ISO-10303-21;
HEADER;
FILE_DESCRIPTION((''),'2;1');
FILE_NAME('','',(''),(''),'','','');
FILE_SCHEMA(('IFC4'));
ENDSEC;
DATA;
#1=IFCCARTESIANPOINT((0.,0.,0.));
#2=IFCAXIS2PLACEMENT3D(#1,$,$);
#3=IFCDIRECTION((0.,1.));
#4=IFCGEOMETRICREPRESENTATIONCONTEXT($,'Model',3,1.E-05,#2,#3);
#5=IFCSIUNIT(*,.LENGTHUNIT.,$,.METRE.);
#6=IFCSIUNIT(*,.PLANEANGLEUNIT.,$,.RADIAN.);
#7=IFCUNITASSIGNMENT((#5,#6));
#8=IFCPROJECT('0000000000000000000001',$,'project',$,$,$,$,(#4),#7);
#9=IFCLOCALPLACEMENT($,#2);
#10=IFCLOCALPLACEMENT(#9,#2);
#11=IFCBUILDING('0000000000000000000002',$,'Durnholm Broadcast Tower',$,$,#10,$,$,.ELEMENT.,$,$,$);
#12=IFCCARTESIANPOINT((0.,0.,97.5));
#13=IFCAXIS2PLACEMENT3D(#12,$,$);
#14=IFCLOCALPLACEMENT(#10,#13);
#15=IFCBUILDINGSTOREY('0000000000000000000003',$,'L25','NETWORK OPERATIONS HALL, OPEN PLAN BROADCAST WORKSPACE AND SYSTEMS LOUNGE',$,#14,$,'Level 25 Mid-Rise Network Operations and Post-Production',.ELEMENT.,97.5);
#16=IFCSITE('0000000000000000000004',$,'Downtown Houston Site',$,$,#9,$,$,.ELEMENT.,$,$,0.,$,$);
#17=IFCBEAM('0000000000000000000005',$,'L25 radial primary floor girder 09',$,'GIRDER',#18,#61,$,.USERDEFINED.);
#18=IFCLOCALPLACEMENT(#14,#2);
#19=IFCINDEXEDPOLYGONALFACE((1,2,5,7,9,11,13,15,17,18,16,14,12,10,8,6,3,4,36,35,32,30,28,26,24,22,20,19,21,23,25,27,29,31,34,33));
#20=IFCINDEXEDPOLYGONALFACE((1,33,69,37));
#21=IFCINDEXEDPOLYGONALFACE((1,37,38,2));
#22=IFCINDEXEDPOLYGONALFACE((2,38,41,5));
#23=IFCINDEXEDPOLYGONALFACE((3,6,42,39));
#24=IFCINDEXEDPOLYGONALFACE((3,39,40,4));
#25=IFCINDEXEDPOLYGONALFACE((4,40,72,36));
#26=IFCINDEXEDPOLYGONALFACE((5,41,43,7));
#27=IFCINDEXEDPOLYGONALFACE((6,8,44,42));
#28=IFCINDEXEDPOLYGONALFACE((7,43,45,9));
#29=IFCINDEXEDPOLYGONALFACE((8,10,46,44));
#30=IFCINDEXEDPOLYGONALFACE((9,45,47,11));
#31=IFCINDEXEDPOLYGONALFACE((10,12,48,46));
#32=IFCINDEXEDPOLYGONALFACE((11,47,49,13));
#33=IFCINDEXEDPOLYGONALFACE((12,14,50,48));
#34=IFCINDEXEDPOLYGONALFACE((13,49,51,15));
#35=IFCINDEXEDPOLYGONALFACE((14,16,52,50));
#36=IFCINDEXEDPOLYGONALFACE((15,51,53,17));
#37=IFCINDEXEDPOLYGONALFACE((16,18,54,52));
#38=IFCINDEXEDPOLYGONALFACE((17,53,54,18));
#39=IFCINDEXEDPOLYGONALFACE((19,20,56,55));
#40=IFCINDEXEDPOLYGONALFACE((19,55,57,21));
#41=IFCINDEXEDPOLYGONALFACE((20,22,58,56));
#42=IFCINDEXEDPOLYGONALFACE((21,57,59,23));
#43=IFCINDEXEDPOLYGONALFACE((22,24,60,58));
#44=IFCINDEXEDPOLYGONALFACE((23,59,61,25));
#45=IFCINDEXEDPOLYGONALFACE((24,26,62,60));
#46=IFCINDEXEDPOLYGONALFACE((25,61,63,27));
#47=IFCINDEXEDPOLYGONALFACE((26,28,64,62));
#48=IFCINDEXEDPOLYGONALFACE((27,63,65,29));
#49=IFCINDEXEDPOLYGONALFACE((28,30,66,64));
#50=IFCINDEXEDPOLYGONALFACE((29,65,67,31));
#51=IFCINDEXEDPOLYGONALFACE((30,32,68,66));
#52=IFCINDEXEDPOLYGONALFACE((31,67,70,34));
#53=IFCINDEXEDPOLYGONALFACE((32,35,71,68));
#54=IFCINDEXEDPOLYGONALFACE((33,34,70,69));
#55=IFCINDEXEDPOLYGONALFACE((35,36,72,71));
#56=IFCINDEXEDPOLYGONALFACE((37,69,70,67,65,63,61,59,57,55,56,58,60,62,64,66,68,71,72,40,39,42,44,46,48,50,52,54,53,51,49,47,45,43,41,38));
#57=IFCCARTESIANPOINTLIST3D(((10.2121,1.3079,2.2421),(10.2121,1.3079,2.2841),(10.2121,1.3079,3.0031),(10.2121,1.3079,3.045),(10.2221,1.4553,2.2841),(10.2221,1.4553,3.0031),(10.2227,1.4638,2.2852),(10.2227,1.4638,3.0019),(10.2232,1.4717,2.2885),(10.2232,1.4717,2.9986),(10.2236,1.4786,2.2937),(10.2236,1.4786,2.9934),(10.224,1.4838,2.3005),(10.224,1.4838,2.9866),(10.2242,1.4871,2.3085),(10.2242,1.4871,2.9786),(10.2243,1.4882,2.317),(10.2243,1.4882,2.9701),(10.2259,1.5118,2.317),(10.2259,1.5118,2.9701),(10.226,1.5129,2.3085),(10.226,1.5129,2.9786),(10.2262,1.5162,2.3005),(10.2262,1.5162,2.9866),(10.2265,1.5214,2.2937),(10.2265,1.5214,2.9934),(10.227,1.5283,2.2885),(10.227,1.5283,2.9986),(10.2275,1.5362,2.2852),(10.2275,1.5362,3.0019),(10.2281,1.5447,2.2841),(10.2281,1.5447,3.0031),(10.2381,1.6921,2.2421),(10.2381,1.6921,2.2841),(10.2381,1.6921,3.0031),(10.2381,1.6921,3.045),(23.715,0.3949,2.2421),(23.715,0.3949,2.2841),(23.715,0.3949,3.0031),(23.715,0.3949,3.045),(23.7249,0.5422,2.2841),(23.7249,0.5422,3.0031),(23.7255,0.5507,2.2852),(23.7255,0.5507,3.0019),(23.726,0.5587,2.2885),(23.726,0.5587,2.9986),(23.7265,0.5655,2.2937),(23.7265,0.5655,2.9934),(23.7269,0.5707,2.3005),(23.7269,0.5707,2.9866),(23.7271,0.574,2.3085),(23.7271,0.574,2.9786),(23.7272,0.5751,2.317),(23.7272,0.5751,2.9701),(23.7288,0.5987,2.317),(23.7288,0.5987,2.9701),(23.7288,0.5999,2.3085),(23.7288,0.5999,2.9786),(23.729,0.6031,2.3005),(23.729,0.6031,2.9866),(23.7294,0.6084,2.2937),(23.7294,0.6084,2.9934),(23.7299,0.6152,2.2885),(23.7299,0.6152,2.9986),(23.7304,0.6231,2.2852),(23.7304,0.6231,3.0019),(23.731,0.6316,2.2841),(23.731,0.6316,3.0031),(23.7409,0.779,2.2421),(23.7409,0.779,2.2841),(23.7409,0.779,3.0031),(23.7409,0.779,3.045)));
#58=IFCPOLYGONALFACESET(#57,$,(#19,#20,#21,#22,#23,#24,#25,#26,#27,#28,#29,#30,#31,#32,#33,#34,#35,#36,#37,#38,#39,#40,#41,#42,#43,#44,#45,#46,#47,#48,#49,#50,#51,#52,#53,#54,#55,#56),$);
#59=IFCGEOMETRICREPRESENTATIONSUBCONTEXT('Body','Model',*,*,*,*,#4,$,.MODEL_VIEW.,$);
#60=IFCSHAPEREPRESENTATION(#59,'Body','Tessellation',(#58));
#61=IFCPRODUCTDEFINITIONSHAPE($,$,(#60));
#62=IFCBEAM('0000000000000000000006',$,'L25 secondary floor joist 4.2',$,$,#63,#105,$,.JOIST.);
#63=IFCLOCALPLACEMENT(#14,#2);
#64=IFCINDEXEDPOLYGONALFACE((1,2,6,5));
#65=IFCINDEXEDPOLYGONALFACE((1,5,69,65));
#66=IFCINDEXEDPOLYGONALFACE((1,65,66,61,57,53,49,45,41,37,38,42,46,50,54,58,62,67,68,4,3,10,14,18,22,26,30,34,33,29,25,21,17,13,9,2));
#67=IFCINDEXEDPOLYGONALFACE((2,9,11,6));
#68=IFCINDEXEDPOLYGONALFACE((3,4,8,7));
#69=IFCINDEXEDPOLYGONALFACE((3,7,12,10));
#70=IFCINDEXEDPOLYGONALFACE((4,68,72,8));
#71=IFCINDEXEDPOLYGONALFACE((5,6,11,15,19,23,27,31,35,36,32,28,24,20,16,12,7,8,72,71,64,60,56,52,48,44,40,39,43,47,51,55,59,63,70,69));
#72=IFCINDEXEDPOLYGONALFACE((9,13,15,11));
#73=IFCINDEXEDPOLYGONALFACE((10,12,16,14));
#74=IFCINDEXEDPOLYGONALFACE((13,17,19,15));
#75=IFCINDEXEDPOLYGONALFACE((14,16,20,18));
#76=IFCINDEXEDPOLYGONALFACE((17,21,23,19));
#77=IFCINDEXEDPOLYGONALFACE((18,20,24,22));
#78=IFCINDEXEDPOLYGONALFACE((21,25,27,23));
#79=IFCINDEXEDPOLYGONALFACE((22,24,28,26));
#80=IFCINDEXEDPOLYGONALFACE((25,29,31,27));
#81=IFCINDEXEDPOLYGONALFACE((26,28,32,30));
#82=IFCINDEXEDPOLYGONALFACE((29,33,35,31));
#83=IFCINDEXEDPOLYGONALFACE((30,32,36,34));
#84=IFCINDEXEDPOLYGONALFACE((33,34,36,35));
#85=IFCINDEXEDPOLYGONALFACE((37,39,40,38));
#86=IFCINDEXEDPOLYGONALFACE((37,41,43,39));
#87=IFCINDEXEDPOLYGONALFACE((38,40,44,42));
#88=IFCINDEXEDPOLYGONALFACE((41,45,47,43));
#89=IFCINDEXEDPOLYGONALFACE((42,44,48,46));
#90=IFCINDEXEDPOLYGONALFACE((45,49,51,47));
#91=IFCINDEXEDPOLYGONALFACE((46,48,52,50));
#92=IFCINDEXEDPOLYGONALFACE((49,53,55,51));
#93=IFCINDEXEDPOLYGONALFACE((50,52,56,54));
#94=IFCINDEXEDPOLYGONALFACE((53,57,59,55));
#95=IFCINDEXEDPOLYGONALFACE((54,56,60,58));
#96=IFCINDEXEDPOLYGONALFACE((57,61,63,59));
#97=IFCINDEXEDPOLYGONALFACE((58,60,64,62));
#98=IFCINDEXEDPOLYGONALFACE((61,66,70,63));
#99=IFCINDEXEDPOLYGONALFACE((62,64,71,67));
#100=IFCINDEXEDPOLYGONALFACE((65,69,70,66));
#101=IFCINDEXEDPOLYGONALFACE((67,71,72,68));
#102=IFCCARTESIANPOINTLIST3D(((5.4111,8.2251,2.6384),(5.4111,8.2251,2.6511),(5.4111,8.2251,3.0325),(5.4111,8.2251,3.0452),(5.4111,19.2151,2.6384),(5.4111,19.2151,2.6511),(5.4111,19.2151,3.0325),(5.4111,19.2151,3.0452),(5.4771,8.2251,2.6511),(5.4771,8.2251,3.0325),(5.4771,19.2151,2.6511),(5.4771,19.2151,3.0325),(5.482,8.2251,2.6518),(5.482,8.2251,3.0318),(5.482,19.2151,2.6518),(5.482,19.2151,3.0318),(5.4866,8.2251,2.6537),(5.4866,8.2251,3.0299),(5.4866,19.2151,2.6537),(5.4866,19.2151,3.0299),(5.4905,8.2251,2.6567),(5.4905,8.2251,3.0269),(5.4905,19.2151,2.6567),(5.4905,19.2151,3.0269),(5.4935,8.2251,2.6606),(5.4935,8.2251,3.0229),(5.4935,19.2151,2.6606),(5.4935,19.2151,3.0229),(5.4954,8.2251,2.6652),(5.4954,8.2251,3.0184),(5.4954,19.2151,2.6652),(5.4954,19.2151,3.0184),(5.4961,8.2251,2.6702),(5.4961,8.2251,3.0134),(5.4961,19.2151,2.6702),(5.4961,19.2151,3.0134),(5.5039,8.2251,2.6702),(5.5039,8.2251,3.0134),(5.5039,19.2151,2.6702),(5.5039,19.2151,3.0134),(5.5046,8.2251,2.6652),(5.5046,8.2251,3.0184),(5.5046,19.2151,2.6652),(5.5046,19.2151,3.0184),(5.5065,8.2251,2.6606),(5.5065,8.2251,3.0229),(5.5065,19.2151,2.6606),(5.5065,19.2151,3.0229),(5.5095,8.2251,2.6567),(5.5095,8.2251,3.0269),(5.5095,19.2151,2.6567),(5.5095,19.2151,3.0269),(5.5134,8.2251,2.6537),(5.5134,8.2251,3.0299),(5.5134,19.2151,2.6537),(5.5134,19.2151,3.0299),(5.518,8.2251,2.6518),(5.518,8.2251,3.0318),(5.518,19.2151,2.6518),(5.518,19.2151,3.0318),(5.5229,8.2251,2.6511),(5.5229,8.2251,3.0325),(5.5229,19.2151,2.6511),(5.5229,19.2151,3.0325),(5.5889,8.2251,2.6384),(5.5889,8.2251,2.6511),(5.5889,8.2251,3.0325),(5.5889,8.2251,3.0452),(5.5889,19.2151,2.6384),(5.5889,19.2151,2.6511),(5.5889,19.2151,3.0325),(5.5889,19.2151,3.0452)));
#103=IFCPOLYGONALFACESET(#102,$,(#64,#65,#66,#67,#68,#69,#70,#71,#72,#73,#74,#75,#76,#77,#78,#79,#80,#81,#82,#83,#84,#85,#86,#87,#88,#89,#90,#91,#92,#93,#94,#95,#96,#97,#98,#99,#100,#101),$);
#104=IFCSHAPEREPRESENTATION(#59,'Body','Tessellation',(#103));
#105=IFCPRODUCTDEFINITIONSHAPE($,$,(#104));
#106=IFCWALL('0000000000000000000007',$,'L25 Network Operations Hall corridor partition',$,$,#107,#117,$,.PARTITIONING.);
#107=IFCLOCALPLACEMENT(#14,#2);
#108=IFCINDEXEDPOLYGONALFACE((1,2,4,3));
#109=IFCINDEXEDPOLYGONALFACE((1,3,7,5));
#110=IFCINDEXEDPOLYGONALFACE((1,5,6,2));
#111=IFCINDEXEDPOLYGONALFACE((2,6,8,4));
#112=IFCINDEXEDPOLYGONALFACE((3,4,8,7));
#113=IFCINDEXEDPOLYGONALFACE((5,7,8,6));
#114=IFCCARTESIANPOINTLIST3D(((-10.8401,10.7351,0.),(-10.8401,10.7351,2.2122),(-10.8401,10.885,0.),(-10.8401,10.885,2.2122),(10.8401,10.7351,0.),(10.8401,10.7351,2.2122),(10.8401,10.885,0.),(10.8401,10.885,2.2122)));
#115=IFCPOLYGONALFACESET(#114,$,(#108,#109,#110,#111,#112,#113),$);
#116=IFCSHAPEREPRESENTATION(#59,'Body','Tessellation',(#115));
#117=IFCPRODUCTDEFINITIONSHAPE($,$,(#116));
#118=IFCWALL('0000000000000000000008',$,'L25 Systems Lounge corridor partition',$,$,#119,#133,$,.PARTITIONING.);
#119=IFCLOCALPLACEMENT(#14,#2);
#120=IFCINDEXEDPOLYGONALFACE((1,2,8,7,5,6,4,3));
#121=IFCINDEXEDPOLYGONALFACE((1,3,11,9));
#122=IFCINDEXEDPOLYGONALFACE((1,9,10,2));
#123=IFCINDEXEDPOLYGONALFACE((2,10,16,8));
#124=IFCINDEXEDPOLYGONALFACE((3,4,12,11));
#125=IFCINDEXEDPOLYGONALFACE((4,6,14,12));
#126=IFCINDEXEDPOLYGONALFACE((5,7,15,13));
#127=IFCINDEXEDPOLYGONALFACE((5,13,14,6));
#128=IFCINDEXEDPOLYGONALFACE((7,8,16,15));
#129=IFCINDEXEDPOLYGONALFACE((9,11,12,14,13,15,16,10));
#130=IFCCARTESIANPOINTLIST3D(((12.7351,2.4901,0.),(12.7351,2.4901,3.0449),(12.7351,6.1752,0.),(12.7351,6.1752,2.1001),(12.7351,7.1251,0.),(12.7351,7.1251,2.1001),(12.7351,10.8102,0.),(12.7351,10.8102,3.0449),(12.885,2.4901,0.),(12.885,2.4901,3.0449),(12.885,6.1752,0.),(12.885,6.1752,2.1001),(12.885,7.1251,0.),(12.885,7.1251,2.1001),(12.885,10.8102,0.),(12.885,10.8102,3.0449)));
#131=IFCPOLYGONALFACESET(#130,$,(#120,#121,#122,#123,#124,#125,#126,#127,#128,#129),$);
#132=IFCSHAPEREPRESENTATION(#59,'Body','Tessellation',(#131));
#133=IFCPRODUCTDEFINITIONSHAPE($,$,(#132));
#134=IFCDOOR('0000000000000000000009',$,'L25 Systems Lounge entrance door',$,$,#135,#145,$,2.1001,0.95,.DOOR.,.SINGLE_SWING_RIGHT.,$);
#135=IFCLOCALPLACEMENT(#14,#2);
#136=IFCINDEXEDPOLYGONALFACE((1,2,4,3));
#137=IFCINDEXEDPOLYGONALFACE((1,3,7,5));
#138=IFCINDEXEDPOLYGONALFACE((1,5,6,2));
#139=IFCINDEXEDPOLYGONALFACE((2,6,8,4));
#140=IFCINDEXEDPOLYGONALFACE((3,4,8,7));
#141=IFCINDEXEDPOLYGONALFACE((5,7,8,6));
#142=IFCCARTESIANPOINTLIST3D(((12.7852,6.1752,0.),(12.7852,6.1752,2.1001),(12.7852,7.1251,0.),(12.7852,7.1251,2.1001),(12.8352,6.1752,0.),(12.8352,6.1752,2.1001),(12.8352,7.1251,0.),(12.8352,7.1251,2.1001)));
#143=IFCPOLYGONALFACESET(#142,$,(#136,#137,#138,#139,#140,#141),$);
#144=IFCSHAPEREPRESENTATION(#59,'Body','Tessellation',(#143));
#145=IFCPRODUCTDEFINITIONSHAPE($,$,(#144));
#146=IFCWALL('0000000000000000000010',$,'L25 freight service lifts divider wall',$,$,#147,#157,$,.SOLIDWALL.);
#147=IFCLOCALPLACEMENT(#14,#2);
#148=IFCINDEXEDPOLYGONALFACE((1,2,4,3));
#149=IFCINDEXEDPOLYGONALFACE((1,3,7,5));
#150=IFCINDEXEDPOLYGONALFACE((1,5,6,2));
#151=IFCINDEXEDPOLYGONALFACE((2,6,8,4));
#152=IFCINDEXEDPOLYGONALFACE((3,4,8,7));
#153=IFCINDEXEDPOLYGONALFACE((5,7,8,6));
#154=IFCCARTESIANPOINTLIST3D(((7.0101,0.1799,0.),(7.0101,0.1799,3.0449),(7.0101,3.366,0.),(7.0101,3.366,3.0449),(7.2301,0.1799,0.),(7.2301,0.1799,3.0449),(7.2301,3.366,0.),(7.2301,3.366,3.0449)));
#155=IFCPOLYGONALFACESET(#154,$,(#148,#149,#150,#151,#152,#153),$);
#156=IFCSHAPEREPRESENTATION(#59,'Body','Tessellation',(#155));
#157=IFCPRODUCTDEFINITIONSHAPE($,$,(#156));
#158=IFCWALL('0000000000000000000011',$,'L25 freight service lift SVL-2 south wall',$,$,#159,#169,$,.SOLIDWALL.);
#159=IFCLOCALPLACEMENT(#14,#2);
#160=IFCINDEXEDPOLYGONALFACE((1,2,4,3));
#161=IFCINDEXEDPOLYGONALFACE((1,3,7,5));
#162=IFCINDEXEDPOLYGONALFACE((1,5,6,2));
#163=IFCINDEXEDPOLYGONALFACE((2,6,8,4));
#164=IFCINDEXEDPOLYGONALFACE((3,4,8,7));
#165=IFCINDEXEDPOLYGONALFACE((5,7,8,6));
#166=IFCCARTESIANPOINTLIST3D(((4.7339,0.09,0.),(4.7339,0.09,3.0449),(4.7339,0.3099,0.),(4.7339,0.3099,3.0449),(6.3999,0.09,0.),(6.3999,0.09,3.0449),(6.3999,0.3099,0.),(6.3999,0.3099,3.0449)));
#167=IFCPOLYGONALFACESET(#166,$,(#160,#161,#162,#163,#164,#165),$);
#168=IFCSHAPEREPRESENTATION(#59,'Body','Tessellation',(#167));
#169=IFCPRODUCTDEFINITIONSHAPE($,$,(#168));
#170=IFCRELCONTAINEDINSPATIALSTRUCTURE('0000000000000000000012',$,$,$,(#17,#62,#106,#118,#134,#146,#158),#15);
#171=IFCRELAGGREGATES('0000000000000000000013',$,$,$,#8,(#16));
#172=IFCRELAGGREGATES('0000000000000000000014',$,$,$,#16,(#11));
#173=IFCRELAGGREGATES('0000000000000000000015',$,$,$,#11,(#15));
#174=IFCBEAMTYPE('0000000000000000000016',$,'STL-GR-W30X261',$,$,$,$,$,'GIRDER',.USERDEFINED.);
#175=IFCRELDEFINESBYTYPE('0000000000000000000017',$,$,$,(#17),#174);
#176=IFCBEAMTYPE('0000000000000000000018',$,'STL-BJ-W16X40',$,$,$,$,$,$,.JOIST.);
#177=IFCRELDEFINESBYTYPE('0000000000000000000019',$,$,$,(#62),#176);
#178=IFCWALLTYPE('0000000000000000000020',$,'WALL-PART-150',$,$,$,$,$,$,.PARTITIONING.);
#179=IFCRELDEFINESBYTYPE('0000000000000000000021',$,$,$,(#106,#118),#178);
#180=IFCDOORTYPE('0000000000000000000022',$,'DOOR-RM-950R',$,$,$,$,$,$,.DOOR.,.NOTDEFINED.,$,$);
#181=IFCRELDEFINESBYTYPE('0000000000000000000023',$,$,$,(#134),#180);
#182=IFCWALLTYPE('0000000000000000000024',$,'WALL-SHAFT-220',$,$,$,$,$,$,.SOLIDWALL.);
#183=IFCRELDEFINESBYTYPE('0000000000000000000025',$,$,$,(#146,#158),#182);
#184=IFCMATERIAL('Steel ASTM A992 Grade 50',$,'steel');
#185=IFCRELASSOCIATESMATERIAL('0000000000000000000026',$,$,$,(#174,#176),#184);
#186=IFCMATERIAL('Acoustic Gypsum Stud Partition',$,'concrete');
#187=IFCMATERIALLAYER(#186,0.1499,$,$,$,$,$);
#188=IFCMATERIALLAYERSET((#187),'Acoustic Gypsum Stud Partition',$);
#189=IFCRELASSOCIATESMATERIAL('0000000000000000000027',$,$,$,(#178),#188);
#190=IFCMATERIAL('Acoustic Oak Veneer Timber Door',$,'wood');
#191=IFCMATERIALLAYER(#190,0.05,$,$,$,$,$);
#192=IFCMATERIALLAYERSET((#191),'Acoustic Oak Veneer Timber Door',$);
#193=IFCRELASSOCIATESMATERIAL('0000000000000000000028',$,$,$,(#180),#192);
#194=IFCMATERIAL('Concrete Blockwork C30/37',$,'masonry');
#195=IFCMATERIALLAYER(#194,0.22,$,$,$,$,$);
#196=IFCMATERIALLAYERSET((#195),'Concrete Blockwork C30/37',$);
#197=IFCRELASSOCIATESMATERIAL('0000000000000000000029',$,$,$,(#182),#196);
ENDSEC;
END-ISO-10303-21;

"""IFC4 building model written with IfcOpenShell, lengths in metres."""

from ifc_helpers import new_model, si_unit, direction, frame, frame_2d, origin, origin_2d, place, context, subcontext, project, spatial, rectangle, i_section, extrude, source, transform, mapped, material, layer, layer_set, material_profile, profile_set, type_object, type_shapes, element, fill, save


model = new_model("IFC4")

# Units and contexts
model_context = context("Model", 3, precision=1e-05, world=origin(), true_north=direction((0.0, 1.0)))
body_context = subcontext(model_context, "Body", "Model", "MODEL_VIEW")
ifc_project = project(units=[si_unit("LENGTHUNIT", "METRE"), si_unit("PLANEANGLEUNIT", "RADIAN")], contexts=[model_context])

# Site, building, storey
site_placement = place(None, origin())
site = spatial("IfcSite", under=ifc_project, at=site_placement, Name="Downtown Houston Site", CompositionType="ELEMENT", RefElevation=0.0)
building_placement = place(site_placement, origin())
building = spatial("IfcBuilding", under=site, at=building_placement, Name="Durnholm Broadcast Tower", CompositionType="ELEMENT")
storey_placement = place(building_placement, frame((0.0, 0.0, 97.5)))
storey = spatial("IfcBuildingStorey", under=building, at=storey_placement, Name="L25", Description="NETWORK OPERATIONS HALL, OPEN PLAN BROADCAST WORKSPACE AND SYSTEMS LOUNGE", LongName="Level 25 Mid-Rise Network Operations and Post-Production", CompositionType="ELEMENT", Elevation=97.5)

# Beams
ifc_material_1 = material(Name="Steel ASTM A992 Grade 50", Category="steel")
ifc_material_profile_1 = material_profile(ifc_material_1, i_section(OverallWidth=0.385, OverallDepth=0.803, WebThickness=0.0237, FlangeThickness=0.042, FilletRadius=0.033, at=origin_2d()), Name="W30X261")
ifc_profile_set_1 = profile_set([ifc_material_profile_1], Name="Steel ASTM A992 Grade 50")
beam_type_1 = type_object("IfcBeamType", Name="STL-GR-W30X261", ElementType="GIRDER", PredefinedType="USERDEFINED", material=ifc_profile_set_1)
shared_shape_1 = source(origin(), body_context, "Body", "SweptSolid", [
    extrude(i_section(OverallWidth=0.385, OverallDepth=0.803, WebThickness=0.0237, FlangeThickness=0.042, FilletRadius=0.033, at=origin_2d()), origin(), (0.0, 0.0, 1.0), 13.5337),
])
beam_1_placement = place(storey_placement, frame((10.2251, 1.5, 2.6436), z_axis=(0.997721, -0.067467, 0.0), x_axis=(0.067467, 0.997721, 0.0)))
element("IfcBeam", 1, at=beam_1_placement, inside=storey, type_object=beam_type_1, Name="L25 radial primary floor girder 09", ObjectType="GIRDER", PredefinedType="USERDEFINED", context=body_context, shape_type="MappedRepresentation", body=[
    mapped(shared_shape_1, transform((0.0, 0.0, 0.0), x_axis=(1.0, 0.0, 0.0), y_axis=(0.0, 1.0, 0.0), z_axis=(0.0, 0.0, 1.0), scale=1.0)),
])
ifc_material_profile_2 = material_profile(ifc_material_1, i_section(OverallWidth=0.1777, OverallDepth=0.4067, WebThickness=0.0078, FlangeThickness=0.0127, FilletRadius=0.019, at=origin_2d()), Name="W16X40")
ifc_profile_set_2 = profile_set([ifc_material_profile_2], Name="Steel ASTM A992 Grade 50")
beam_type_2 = type_object("IfcBeamType", Name="STL-BJ-W16X40", PredefinedType="JOIST", material=ifc_profile_set_2)
shared_shape_2 = source(origin(), body_context, "Body", "SweptSolid", [
    extrude(i_section(OverallWidth=0.1777, OverallDepth=0.4067, WebThickness=0.0078, FlangeThickness=0.0127, FilletRadius=0.019, at=origin_2d()), origin(), (0.0, 0.0, 1.0), 10.99),
])
type_shapes(beam_type_2, [shared_shape_2])
beam_2_placement = place(storey_placement, frame((5.5, 8.2251, 2.8418), z_axis=(0.0, 1.0, 0.0), x_axis=(-1.0, 0.0, 0.0)))
element("IfcBeam", 2, at=beam_2_placement, inside=storey, type_object=beam_type_2, Name="L25 secondary floor joist 4.2", PredefinedType="JOIST", context=body_context, shape_type="MappedRepresentation", body=[
    mapped(shared_shape_2, transform((0.0, 0.0, 0.0), x_axis=(1.0, 0.0, 0.0), y_axis=(0.0, 1.0, 0.0), z_axis=(0.0, 0.0, 1.0), scale=1.0)),
])

# Wall
ifc_material_2 = material(Name="Acoustic Gypsum Stud Partition", Category="concrete")
ifc_layer_1 = layer(ifc_material_2, 0.1499)
ifc_layer_set_1 = layer_set([ifc_layer_1], Name="Acoustic Gypsum Stud Partition")
wall_type_1 = type_object("IfcWallType", Name="WALL-PART-150", PredefinedType="PARTITIONING", material=ifc_layer_set_1)
wall_1_placement = place(storey_placement, frame((10.8401, 10.8101, 0.0), z_axis=(0.0, 0.0, 1.0), x_axis=(-1.0, 0.0, 0.0)))
element("IfcWall", 3, at=wall_1_placement, inside=storey, type_object=wall_type_1, Name="L25 Network Operations Hall corridor partition", PredefinedType="PARTITIONING", context=body_context, shape_type="SweptSolid", body=[
    extrude(rectangle(XDim=21.6802, YDim=0.1499, at=frame_2d((10.8401, 0.0))), origin(), (0.0, 0.0, 1.0), 2.2122),
])

# Wall, opening, door
wall_2_placement = place(storey_placement, frame((12.8101, 2.49, 0.0), z_axis=(0.0, 0.0, 1.0), x_axis=(0.0, 1.0, 0.0)))
wall_2 = element("IfcWall", 4, at=wall_2_placement, inside=storey, type_object=wall_type_1, Name="L25 Systems Lounge corridor partition", PredefinedType="PARTITIONING", context=body_context, shape_type="SweptSolid", body=[
    extrude(rectangle(XDim=8.3201, YDim=0.1499, at=frame_2d((4.1602, 0.0))), origin(), (0.0, 0.0, 1.0), 3.0449),
])
opening_1_placement = place(wall_2_placement, frame((3.6851, 0.0, 0.0)))
opening_1 = element("IfcOpeningElement", 5, at=opening_1_placement, cuts=wall_2, PredefinedType="OPENING", context=body_context, shape_type="SweptSolid", body=[
    extrude(rectangle(XDim=0.95, YDim=2.1001, at=frame_2d((0.4751, 1.05))), frame((0.0, 0.085, 0.0), z_axis=(0.0, -1.0, 0.0), x_axis=(1.0, 0.0, 0.0)), (0.0, 0.0, 1.0), 0.1699),
])
ifc_material_3 = material(Name="Acoustic Oak Veneer Timber Door", Category="wood")
ifc_layer_2 = layer(ifc_material_3, 0.05)
ifc_layer_set_2 = layer_set([ifc_layer_2], Name="Acoustic Oak Veneer Timber Door")
door_type_1 = type_object("IfcDoorType", Name="DOOR-RM-950R", OperationType="NOTDEFINED", PredefinedType="DOOR", material=ifc_layer_set_2)
shared_shape_3 = source(origin(), body_context, "Body", "SweptSolid", [
    extrude(rectangle(XDim=0.95, YDim=2.1001, at=frame_2d((0.4751, 1.05))), frame((0.0, 0.0249, 0.0), z_axis=(0.0, -1.0, 0.0), x_axis=(1.0, 0.0, 0.0)), (0.0, 0.0, 1.0), 0.05),
])
type_shapes(door_type_1, [shared_shape_3])
door_1_placement = place(opening_1_placement, origin())
door_1 = element("IfcDoor", 6, at=door_1_placement, inside=storey, type_object=door_type_1, Name="L25 Systems Lounge entrance door", OperationType="SINGLE_SWING_RIGHT", OverallHeight=2.1001, OverallWidth=0.95, PredefinedType="DOOR", context=body_context, shape_type="MappedRepresentation", body=[
    mapped(shared_shape_3, transform((0.0, 0.0, 0.0), x_axis=(1.0, 0.0, 0.0), y_axis=(0.0, 1.0, 0.0), z_axis=(0.0, 0.0, 1.0), scale=1.0)),
])
fill(opening_1, door_1)

# Shared definitions
ifc_material_4 = material(Name="Concrete Blockwork C30/37", Category="masonry")
ifc_layer_3 = layer(ifc_material_4, 0.22)
ifc_layer_set_3 = layer_set([ifc_layer_3], Name="Concrete Blockwork C30/37")
wall_type_2 = type_object("IfcWallType", Name="WALL-SHAFT-220", PredefinedType="SOLIDWALL", material=ifc_layer_set_3)

# Walls
wall_3_placement = place(storey_placement, frame((7.1201, 0.1799, 0.0), z_axis=(0.0, 0.0, 1.0), x_axis=(0.0, 1.0, 0.0)))
element("IfcWall", 7, at=wall_3_placement, inside=storey, type_object=wall_type_2, Name="L25 freight service lifts divider wall", PredefinedType="SOLIDWALL", context=body_context, shape_type="SweptSolid", body=[
    extrude(rectangle(XDim=3.186, YDim=0.22, at=frame_2d((1.593, 0.0))), origin(), (0.0, 0.0, 1.0), 3.0449),
])
wall_4_placement = place(storey_placement, frame((4.7339, 0.2, 0.0), z_axis=(0.0, 0.0, 1.0), x_axis=(1.0, 0.0, 0.0)))
element("IfcWall", 8, at=wall_4_placement, inside=storey, type_object=wall_type_2, Name="L25 freight service lift SVL-2 south wall", PredefinedType="SOLIDWALL", context=body_context, shape_type="SweptSolid", body=[
    extrude(rectangle(XDim=1.666, YDim=0.22, at=frame_2d((0.833, 0.0))), origin(), (0.0, 0.0, 1.0), 3.0449),
])

save(model, "model.ifc")
